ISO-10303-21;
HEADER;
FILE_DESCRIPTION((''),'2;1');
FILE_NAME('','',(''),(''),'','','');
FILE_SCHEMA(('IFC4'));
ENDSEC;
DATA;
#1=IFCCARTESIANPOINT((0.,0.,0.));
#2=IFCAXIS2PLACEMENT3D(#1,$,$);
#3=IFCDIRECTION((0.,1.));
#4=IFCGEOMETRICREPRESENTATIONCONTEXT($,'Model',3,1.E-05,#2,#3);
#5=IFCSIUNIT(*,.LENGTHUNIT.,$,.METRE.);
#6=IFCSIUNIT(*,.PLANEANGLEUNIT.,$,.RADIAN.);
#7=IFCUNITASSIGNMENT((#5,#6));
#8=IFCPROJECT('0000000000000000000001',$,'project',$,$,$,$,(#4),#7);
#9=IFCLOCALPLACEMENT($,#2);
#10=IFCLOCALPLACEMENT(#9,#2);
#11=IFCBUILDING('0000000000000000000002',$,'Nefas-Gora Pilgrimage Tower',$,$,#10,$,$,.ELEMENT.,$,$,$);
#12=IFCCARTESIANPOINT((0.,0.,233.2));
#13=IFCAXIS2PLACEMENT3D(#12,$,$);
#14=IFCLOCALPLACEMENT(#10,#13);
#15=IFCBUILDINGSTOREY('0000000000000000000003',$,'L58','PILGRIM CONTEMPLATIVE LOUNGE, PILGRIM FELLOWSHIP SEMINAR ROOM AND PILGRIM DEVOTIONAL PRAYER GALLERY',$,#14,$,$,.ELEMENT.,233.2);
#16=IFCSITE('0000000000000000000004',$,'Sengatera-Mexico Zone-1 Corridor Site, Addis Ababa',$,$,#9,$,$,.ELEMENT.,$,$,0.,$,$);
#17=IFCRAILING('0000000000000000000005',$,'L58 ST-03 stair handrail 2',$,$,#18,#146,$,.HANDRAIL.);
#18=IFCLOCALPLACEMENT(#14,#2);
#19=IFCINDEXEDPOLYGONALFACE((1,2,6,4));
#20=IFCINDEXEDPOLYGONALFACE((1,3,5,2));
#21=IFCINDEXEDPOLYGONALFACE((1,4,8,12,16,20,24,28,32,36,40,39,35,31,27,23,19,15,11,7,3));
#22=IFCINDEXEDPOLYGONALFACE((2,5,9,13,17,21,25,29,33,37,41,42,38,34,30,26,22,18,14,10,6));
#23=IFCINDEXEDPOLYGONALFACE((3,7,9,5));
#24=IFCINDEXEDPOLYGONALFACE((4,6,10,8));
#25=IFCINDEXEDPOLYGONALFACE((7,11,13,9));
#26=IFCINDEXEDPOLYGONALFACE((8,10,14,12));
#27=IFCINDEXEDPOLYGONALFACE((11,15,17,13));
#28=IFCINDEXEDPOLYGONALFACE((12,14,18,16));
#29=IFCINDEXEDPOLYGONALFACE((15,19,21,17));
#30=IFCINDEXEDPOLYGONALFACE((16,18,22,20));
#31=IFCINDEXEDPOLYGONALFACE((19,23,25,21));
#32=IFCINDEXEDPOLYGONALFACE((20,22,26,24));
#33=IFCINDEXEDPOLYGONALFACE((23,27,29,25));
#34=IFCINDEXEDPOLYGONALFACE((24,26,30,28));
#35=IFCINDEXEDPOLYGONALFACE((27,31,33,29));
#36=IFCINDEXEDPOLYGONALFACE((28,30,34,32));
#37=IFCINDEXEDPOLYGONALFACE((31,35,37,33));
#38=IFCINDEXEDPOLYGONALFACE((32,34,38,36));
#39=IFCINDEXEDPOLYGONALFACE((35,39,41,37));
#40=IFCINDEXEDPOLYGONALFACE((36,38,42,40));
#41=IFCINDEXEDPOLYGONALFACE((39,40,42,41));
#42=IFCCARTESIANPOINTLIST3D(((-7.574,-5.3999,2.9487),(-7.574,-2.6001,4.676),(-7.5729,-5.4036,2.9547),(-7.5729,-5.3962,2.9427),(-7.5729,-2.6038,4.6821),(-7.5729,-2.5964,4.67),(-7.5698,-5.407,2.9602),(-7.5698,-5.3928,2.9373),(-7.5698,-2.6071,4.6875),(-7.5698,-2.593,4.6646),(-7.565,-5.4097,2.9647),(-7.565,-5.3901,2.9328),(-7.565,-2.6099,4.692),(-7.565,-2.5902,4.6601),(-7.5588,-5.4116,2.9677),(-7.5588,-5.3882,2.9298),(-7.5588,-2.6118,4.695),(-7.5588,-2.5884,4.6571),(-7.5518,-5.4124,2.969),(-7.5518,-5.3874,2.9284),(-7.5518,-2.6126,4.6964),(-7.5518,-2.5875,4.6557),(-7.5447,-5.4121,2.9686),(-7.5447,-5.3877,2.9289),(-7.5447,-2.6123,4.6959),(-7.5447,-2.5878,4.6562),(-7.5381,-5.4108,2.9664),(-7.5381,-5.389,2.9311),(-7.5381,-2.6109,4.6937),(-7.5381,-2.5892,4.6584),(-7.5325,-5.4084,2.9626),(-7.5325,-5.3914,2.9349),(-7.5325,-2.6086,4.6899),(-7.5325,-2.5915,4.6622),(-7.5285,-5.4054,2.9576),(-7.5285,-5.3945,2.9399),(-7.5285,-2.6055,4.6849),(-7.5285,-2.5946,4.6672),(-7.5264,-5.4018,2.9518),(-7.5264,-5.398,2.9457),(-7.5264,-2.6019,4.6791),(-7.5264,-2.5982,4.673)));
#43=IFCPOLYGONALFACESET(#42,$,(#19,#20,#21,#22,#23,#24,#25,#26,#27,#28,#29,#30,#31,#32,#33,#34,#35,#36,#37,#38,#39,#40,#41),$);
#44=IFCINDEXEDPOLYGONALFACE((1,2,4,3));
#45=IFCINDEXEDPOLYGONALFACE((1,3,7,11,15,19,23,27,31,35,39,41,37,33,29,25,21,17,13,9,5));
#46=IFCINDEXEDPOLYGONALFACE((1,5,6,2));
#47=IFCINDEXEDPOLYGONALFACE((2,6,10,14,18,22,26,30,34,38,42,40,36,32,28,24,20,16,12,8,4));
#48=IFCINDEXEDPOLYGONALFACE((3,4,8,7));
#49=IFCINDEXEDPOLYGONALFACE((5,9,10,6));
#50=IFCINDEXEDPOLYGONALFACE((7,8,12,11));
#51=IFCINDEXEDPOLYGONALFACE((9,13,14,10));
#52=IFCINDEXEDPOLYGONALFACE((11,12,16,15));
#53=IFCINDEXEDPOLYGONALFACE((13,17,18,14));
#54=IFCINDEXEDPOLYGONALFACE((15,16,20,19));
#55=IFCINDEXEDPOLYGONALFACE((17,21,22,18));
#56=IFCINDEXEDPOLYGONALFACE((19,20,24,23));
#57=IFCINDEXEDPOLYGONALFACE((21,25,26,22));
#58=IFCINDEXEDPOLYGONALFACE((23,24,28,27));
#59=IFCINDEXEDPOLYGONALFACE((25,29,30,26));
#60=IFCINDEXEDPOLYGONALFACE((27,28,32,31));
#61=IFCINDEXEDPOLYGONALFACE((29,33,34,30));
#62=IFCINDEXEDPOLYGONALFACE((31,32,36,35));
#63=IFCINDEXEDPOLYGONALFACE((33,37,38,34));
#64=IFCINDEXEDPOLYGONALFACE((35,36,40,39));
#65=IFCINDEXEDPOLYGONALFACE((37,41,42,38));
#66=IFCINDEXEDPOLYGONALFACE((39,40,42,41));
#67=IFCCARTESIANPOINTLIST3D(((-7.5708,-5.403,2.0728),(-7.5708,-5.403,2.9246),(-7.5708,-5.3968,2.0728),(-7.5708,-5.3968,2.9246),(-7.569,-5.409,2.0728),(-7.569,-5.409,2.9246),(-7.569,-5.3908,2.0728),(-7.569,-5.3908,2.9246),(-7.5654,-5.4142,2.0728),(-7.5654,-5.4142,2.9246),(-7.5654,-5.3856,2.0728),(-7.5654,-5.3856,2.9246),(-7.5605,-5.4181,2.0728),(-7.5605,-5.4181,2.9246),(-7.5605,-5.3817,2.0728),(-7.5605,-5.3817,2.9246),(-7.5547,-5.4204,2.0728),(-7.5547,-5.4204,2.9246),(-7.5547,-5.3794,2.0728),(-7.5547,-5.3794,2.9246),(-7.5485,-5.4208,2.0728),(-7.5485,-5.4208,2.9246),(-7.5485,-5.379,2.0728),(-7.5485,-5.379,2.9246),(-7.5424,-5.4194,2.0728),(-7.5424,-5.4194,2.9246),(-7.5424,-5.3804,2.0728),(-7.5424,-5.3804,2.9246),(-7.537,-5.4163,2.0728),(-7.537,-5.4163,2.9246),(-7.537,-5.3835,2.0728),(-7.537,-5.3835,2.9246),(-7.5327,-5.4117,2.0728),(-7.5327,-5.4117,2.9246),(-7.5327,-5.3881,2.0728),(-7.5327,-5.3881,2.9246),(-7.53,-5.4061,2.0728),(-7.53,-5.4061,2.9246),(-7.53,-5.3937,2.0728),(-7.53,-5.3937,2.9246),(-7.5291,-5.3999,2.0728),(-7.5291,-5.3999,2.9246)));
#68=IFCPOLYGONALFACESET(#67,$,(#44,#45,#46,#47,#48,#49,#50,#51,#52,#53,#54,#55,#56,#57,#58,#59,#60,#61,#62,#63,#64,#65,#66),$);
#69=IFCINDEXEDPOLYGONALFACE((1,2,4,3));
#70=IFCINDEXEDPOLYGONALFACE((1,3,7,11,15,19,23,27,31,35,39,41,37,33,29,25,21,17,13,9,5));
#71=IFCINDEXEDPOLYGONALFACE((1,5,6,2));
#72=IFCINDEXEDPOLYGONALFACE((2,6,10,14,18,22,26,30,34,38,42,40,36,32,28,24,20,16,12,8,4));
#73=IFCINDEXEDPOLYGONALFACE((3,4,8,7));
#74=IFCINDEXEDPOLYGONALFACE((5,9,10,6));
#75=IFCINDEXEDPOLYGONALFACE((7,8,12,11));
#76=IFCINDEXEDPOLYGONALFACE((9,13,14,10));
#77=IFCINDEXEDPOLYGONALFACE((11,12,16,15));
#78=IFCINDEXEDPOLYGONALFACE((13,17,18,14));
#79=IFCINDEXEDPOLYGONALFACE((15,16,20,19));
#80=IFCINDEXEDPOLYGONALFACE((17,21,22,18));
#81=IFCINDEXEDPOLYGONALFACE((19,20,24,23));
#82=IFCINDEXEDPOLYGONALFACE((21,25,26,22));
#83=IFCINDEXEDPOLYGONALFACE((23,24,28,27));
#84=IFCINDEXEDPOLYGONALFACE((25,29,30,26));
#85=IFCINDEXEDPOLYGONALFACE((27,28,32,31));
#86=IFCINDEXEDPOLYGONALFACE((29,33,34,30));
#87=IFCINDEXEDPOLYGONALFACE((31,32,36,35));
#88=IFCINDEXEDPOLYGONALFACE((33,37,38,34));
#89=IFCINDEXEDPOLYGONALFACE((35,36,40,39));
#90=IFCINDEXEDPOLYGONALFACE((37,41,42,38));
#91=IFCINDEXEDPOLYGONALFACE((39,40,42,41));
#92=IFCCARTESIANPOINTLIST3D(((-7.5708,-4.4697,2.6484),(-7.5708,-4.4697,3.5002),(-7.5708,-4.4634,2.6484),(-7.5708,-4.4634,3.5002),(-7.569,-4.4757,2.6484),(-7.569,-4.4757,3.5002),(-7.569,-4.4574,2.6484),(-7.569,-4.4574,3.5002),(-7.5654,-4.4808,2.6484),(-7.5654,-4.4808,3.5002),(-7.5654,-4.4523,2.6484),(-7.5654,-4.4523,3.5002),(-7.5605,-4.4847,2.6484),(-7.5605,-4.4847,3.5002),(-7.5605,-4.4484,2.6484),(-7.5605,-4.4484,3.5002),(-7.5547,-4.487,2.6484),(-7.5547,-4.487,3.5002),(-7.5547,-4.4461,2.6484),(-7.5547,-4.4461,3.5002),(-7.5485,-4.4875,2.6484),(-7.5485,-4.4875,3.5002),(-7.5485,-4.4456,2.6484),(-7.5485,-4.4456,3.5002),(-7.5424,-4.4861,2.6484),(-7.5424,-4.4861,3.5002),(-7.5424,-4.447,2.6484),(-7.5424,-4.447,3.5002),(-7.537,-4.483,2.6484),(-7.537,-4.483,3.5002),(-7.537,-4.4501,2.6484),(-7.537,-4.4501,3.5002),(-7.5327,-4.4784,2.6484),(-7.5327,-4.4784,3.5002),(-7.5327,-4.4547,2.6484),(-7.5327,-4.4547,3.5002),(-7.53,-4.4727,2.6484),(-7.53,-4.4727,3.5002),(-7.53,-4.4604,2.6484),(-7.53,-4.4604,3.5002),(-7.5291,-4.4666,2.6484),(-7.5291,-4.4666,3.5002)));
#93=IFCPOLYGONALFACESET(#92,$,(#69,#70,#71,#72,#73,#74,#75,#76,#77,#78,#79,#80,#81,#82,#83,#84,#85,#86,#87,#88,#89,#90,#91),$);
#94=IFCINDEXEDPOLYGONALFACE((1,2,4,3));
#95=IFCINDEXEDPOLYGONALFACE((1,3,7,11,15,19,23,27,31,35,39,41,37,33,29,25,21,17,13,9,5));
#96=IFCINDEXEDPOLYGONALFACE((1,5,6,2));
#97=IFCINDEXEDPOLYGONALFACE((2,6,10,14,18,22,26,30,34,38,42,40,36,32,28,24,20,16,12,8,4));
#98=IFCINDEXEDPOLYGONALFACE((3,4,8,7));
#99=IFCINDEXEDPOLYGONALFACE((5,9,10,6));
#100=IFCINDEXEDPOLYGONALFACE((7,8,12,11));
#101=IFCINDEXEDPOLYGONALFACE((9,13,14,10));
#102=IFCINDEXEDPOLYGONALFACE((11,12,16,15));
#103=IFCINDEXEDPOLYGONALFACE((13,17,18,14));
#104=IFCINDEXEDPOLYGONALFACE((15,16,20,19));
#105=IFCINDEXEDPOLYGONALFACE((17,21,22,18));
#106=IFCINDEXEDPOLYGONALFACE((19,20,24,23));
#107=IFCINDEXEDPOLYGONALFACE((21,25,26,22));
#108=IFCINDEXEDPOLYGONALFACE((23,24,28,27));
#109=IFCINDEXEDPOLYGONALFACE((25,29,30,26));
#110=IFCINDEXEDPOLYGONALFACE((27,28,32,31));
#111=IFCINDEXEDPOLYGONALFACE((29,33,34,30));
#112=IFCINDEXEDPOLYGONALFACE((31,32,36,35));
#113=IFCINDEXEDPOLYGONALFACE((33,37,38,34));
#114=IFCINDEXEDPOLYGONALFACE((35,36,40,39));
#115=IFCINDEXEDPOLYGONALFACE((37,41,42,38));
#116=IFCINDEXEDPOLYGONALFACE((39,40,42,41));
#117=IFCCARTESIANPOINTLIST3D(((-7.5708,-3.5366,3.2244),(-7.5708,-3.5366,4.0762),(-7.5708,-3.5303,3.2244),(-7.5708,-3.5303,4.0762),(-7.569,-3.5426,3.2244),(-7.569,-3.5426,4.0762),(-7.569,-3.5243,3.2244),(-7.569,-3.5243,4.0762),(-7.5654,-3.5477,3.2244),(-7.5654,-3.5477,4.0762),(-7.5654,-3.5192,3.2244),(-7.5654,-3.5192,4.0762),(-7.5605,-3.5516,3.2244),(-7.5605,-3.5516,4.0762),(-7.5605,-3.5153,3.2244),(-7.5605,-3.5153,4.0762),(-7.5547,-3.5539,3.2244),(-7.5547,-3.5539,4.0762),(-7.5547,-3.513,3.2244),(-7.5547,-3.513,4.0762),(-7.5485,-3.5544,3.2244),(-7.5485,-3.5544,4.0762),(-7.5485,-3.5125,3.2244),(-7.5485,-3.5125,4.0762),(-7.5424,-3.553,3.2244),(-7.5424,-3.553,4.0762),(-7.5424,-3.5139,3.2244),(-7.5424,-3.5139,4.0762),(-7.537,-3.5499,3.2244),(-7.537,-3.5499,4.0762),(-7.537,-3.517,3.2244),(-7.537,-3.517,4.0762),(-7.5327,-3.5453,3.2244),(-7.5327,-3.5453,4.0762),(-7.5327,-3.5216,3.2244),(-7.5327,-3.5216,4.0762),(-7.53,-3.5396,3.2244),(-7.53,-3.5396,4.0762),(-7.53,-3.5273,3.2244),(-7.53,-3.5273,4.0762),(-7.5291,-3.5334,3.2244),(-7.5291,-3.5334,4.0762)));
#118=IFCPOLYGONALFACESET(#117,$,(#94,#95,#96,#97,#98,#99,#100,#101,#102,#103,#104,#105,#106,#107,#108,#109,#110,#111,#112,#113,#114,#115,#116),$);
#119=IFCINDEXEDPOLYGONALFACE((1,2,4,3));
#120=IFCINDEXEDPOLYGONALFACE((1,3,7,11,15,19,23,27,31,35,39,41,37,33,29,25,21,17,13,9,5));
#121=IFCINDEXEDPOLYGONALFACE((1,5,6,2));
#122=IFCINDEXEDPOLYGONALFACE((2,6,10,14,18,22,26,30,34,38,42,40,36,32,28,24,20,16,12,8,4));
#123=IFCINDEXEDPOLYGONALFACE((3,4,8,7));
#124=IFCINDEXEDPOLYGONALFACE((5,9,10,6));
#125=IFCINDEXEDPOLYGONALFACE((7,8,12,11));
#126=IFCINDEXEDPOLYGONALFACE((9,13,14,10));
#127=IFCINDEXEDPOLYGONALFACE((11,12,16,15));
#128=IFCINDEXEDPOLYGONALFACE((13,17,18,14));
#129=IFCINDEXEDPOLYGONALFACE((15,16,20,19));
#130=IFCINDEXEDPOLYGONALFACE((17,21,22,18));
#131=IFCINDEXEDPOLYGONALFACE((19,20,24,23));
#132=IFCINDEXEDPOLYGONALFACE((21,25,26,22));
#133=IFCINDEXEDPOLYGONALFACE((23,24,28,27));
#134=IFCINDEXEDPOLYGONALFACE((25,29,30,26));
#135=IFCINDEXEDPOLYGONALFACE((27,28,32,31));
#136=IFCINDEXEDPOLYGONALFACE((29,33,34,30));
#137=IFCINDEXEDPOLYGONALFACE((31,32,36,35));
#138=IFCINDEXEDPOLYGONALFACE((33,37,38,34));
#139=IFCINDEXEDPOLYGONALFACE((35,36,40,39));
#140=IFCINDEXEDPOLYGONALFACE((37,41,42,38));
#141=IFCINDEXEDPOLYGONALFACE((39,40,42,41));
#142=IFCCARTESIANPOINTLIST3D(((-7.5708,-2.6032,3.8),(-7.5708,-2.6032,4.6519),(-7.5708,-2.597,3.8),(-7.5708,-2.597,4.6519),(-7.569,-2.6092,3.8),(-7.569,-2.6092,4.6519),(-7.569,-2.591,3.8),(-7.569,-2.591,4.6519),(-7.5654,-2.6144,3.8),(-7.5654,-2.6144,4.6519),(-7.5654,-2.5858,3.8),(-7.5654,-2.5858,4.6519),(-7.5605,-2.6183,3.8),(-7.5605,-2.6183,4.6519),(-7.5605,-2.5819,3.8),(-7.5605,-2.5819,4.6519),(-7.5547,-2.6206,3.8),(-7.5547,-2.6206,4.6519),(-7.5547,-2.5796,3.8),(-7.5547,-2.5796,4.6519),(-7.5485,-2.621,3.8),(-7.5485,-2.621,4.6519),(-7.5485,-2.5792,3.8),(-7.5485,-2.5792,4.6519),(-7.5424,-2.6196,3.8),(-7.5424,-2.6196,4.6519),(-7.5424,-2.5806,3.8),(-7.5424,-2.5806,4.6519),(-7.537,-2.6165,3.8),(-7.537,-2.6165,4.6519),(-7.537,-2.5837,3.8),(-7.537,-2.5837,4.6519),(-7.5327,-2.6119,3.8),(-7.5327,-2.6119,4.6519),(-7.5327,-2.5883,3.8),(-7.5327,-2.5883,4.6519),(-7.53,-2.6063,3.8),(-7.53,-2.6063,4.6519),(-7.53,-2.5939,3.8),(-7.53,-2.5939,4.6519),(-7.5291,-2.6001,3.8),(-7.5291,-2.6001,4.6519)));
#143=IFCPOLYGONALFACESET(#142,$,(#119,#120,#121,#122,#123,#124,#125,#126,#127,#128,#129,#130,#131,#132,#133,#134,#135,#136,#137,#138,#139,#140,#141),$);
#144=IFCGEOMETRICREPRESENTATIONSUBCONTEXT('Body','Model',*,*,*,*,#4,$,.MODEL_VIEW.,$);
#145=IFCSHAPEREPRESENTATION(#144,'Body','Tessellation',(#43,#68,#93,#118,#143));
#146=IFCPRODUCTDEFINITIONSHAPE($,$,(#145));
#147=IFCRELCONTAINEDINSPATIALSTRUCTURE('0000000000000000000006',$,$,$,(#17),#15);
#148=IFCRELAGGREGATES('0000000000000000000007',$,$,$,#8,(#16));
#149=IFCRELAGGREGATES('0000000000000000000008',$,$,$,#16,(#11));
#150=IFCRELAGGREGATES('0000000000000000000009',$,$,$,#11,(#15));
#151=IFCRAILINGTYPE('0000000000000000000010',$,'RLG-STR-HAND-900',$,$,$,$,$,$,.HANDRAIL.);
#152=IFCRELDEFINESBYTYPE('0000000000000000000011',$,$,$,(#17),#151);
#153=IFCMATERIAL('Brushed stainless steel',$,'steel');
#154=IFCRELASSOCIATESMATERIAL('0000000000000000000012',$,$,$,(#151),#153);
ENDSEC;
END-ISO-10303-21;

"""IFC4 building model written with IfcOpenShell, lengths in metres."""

from ifc_helpers import new_model, si_unit, direction, frame, origin, origin_2d, place, context, subcontext, project, spatial, circle, extrude, material, type_object, element, save


model = new_model("IFC4")

# Units and contexts
model_context = context("Model", 3, precision=1e-05, world=origin(), true_north=direction((0.0, 1.0)))
body_context = subcontext(model_context, "Body", "Model", "MODEL_VIEW")
ifc_project = project(units=[si_unit("LENGTHUNIT", "METRE"), si_unit("PLANEANGLEUNIT", "RADIAN")], contexts=[model_context])

# Site, building, storey
site_placement = place(None, origin())
site = spatial("IfcSite", under=ifc_project, at=site_placement, Name="Sengatera-Mexico Zone-1 Corridor Site, Addis Ababa", CompositionType="ELEMENT", RefElevation=0.0)
building_placement = place(site_placement, origin())
building = spatial("IfcBuilding", under=site, at=building_placement, Name="Nefas-Gora Pilgrimage Tower", CompositionType="ELEMENT")
storey_placement = place(building_placement, frame((0.0, 0.0, 233.2)))
storey = spatial("IfcBuildingStorey", under=building, at=storey_placement, Name="L58", Description="PILGRIM CONTEMPLATIVE LOUNGE, PILGRIM FELLOWSHIP SEMINAR ROOM AND PILGRIM DEVOTIONAL PRAYER GALLERY", CompositionType="ELEMENT", Elevation=233.2)

# Railing
ifc_material_1 = material(Name="Brushed stainless steel", Category="steel")
railing_type_1 = type_object("IfcRailingType", Name="RLG-STR-HAND-900", PredefinedType="HANDRAIL", material=ifc_material_1)
railing_1_placement = place(storey_placement, frame((-7.55, -5.3999, 2.0728)))
element("IfcRailing", 1, at=railing_1_placement, inside=storey, type_object=railing_type_1, Name="L58 ST-03 stair handrail 2", PredefinedType="HANDRAIL", context=body_context, shape_type="SweptSolid", body=[
    extrude(circle(Radius=0.0239, at=origin_2d()), frame((0.0, 0.0, 0.876), z_axis=(0.0, 0.851069, 0.525054), x_axis=(-1.0, 0.0, 0.0)), (0.0, 0.0, 1.0), 3.2898),
    extrude(circle(Radius=0.021, at=origin_2d()), origin(), (0.0, 0.0, 1.0), 0.8518),
    extrude(circle(Radius=0.021, at=origin_2d()), frame((0.0, 0.9333, 0.5757)), (0.0, 0.0, 1.0), 0.8518),
    extrude(circle(Radius=0.021, at=origin_2d()), frame((0.0, 1.8665, 1.1516)), (0.0, 0.0, 1.0), 0.8518),
    extrude(circle(Radius=0.021, at=origin_2d()), frame((0.0, 2.7998, 1.7273)), (0.0, 0.0, 1.0), 0.8518),
])

save(model, "model.ifc")
